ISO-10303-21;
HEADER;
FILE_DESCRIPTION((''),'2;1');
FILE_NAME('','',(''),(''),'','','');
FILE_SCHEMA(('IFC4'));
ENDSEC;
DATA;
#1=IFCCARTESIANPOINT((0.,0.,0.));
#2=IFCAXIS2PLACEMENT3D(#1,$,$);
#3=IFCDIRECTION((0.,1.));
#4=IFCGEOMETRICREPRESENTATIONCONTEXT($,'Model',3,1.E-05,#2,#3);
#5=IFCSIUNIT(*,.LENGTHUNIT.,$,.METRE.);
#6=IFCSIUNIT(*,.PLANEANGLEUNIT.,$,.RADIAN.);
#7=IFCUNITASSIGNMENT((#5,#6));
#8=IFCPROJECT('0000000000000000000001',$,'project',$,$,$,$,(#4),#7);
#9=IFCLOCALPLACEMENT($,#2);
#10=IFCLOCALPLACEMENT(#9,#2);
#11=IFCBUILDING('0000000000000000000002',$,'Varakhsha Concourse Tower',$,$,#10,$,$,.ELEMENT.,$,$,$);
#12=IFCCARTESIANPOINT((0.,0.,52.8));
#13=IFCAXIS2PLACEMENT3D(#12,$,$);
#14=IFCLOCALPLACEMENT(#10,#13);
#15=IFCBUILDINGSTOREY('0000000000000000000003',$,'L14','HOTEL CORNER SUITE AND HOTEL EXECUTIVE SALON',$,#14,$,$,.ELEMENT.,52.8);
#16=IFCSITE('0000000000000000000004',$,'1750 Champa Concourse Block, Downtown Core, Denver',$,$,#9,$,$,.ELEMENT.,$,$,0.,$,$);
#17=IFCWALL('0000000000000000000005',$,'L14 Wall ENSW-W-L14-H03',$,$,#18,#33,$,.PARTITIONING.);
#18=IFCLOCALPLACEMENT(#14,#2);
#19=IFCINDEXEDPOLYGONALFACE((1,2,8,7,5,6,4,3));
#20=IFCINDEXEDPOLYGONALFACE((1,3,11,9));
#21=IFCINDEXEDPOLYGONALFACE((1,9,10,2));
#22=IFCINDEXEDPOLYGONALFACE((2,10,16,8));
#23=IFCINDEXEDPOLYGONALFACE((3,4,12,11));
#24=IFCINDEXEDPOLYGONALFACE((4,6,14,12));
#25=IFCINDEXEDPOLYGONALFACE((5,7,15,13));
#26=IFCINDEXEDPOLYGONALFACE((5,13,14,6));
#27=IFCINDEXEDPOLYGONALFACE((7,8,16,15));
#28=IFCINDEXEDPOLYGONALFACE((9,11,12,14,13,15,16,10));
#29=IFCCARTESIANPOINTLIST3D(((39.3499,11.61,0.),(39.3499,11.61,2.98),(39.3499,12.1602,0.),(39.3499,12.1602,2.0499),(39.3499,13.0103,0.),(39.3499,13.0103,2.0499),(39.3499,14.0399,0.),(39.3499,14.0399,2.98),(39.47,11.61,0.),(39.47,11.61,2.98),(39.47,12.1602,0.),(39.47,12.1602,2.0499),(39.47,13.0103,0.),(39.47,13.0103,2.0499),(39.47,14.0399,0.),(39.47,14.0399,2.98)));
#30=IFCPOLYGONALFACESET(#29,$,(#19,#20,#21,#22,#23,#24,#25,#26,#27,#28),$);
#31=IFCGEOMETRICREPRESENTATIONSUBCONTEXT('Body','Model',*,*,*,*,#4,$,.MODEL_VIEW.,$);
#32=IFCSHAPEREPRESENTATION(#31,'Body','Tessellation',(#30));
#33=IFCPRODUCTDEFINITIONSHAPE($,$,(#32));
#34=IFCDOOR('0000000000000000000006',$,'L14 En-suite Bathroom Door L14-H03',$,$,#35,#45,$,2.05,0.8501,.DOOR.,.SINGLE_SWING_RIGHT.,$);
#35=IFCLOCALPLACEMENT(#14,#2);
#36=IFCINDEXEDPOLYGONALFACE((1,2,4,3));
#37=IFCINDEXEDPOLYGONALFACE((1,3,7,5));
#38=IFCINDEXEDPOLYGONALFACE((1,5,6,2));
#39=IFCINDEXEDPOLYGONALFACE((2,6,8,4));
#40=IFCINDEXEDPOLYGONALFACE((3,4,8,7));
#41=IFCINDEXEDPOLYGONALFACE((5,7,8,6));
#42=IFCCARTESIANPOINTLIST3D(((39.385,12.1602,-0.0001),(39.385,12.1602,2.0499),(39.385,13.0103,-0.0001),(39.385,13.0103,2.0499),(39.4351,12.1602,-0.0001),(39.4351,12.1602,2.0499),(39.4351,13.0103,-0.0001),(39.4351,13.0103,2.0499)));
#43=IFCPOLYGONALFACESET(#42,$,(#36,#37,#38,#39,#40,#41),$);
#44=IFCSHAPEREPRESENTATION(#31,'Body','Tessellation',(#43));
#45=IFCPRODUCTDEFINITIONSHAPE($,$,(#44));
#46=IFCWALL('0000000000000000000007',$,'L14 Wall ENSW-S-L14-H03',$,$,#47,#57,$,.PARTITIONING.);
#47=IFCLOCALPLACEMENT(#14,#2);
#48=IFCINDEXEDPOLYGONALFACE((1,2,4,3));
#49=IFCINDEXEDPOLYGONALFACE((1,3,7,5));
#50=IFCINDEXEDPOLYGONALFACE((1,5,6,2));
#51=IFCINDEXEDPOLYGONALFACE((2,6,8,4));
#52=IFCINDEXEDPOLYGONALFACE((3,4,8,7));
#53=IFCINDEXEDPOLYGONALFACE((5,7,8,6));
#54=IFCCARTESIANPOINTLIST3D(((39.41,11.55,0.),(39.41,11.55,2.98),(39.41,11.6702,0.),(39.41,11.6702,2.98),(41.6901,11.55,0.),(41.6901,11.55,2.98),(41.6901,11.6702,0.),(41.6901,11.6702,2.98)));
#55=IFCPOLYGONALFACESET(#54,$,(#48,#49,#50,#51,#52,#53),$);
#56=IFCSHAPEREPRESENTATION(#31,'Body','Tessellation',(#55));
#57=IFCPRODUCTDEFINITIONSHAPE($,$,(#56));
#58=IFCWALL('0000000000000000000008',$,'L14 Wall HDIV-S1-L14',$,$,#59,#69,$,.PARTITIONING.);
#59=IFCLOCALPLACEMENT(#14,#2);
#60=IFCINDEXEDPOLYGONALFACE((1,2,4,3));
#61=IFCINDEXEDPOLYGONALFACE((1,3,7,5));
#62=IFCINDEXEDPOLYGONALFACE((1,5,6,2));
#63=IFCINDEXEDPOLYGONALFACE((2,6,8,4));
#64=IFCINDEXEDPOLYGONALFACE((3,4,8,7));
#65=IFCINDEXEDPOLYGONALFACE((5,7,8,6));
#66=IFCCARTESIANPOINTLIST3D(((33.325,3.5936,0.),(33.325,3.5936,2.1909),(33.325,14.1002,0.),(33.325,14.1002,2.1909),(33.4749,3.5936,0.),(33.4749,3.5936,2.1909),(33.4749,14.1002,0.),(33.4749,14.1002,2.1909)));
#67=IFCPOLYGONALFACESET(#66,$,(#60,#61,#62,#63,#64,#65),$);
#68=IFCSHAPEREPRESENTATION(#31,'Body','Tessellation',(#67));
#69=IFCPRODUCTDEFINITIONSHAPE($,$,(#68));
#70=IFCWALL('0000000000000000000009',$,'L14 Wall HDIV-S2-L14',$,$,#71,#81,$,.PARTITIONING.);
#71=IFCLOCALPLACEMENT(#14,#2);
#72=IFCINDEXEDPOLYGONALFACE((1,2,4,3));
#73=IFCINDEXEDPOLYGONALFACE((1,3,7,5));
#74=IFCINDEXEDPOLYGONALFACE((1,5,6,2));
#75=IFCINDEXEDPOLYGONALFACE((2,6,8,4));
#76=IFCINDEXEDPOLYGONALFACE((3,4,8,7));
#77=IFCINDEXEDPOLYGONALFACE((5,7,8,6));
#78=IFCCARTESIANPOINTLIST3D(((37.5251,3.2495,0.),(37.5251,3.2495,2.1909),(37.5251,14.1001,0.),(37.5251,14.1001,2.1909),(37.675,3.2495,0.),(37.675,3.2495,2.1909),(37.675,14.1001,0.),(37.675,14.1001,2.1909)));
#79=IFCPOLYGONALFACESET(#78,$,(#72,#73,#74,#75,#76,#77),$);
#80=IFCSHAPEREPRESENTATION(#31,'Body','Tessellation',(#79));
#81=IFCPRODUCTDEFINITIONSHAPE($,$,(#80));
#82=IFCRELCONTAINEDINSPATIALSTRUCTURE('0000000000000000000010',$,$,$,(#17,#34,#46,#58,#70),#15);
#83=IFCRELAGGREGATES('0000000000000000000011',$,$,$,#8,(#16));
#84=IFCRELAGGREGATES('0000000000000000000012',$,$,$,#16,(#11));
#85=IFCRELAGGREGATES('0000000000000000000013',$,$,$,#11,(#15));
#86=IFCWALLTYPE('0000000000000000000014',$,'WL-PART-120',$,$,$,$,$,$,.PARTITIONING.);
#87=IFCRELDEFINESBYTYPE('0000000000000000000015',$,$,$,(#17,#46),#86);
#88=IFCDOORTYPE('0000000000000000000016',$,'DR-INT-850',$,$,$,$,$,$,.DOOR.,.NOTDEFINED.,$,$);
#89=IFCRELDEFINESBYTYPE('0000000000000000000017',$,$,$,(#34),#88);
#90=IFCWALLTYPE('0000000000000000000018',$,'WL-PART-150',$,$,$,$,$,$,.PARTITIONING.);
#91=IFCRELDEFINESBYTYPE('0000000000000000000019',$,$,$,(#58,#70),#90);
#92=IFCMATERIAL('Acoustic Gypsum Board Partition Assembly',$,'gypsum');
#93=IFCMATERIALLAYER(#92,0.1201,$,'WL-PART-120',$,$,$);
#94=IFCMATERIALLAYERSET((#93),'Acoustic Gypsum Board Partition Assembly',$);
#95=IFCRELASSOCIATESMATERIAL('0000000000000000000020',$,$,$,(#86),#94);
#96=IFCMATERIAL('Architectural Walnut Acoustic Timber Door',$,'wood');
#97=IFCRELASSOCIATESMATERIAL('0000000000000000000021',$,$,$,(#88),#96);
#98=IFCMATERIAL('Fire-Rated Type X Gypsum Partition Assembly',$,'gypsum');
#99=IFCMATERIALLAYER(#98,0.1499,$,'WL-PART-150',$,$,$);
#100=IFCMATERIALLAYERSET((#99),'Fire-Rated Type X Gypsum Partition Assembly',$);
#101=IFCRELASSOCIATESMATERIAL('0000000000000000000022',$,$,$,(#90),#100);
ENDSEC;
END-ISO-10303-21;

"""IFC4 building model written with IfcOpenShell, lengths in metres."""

from ifc_helpers import new_model, si_unit, direction, frame, frame_2d, origin, place, context, subcontext, project, spatial, rectangle, extrude, material, layer, layer_set, type_object, element, fill, save


model = new_model("IFC4")

# Units and contexts
model_context = context("Model", 3, precision=1e-05, world=origin(), true_north=direction((0.0, 1.0)))
body_context = subcontext(model_context, "Body", "Model", "MODEL_VIEW")
ifc_project = project(units=[si_unit("LENGTHUNIT", "METRE"), si_unit("PLANEANGLEUNIT", "RADIAN")], contexts=[model_context])

# Site, building, storey
site_placement = place(None, origin())
site = spatial("IfcSite", under=ifc_project, at=site_placement, Name="1750 Champa Concourse Block, Downtown Core, Denver", CompositionType="ELEMENT", RefElevation=0.0)
building_placement = place(site_placement, origin())
building = spatial("IfcBuilding", under=site, at=building_placement, Name="Varakhsha Concourse Tower", CompositionType="ELEMENT")
storey_placement = place(building_placement, frame((0.0, 0.0, 52.8)))
storey = spatial("IfcBuildingStorey", under=building, at=storey_placement, Name="L14", Description="HOTEL CORNER SUITE AND HOTEL EXECUTIVE SALON", CompositionType="ELEMENT", Elevation=52.8)

# Wall, opening, door
ifc_material_1 = material(Name="Acoustic Gypsum Board Partition Assembly", Category="gypsum")
ifc_layer_1 = layer(ifc_material_1, 0.1201, Name="WL-PART-120")
ifc_layer_set_1 = layer_set([ifc_layer_1], Name="Acoustic Gypsum Board Partition Assembly")
wall_type_1 = type_object("IfcWallType", Name="WL-PART-120", PredefinedType="PARTITIONING", material=ifc_layer_set_1)
wall_1_placement = place(storey_placement, frame((39.4099, 11.6101, 0.0), z_axis=(0.0, 0.0, 1.0), x_axis=(0.0, 1.0, 0.0)))
wall_1 = element("IfcWall", 1, at=wall_1_placement, inside=storey, type_object=wall_type_1, Name="L14 Wall ENSW-W-L14-H03", PredefinedType="PARTITIONING", context=body_context, shape_type="SweptSolid", body=[
    extrude(rectangle(XDim=2.4299, YDim=0.1201, at=frame_2d((1.2148, 0.0))), origin(), (0.0, 0.0, 1.0), 2.98),
])
opening_1_placement = place(wall_1_placement, frame((0.55, 0.0, 0.0)))
opening_1 = element("IfcOpeningElement", 2, at=opening_1_placement, cuts=wall_1, PredefinedType="OPENING", context=body_context, shape_type="SweptSolid", body=[
    extrude(rectangle(XDim=0.8501, YDim=2.05, at=frame_2d((0.425, 1.0249))), frame((0.0, 0.0701, 0.0), z_axis=(0.0, -1.0, 0.0), x_axis=(1.0, 0.0, 0.0)), (0.0, 0.0, 1.0), 0.1401),
])
ifc_material_2 = material(Name="Architectural Walnut Acoustic Timber Door", Category="wood")
door_type_1 = type_object("IfcDoorType", Name="DR-INT-850", OperationType="NOTDEFINED", PredefinedType="DOOR", material=ifc_material_2)
door_1_placement = place(opening_1_placement, origin())
door_1 = element("IfcDoor", 3, at=door_1_placement, inside=storey, type_object=door_type_1, Name="L14 En-suite Bathroom Door L14-H03", OperationType="SINGLE_SWING_RIGHT", OverallHeight=2.05, OverallWidth=0.8501, PredefinedType="DOOR", context=body_context, shape_type="SweptSolid", body=[
    extrude(rectangle(XDim=0.8501, YDim=2.05, at=frame_2d((0.425, 1.0249))), frame((0.0, 0.0249, 0.0), z_axis=(0.0, -1.0, 0.0), x_axis=(1.0, 0.0, 0.0)), (0.0, 0.0, 1.0), 0.05),
])
fill(opening_1, door_1)

# Walls
wall_2_placement = place(storey_placement, frame((39.4099, 11.6101, 0.0), z_axis=(0.0, 0.0, 1.0), x_axis=(1.0, 0.0, 0.0)))
element("IfcWall", 4, at=wall_2_placement, inside=storey, type_object=wall_type_1, Name="L14 Wall ENSW-S-L14-H03", PredefinedType="PARTITIONING", context=body_context, shape_type="SweptSolid", body=[
    extrude(rectangle(XDim=2.28, YDim=0.1201, at=frame_2d((1.1401, 0.0))), origin(), (0.0, 0.0, 1.0), 2.98),
])
ifc_material_3 = material(Name="Fire-Rated Type X Gypsum Partition Assembly", Category="gypsum")
ifc_layer_2 = layer(ifc_material_3, 0.1499, Name="WL-PART-150")
ifc_layer_set_2 = layer_set([ifc_layer_2], Name="Fire-Rated Type X Gypsum Partition Assembly")
wall_type_2 = type_object("IfcWallType", Name="WL-PART-150", PredefinedType="PARTITIONING", material=ifc_layer_set_2)
wall_3_placement = place(storey_placement, frame((33.3999, 3.5935, 0.0), z_axis=(0.0, 0.0, 1.0), x_axis=(0.0, 1.0, 0.0)))
element("IfcWall", 5, at=wall_3_placement, inside=storey, type_object=wall_type_2, Name="L14 Wall HDIV-S1-L14", PredefinedType="PARTITIONING", context=body_context, shape_type="SweptSolid", body=[
    extrude(rectangle(XDim=10.5066, YDim=0.1499, at=frame_2d((5.2534, 0.0))), origin(), (0.0, 0.0, 1.0), 2.1909),
])
wall_4_placement = place(storey_placement, frame((37.6001, 3.2495, 0.0), z_axis=(0.0, 0.0, 1.0), x_axis=(0.0, 1.0, 0.0)))
element("IfcWall", 6, at=wall_4_placement, inside=storey, type_object=wall_type_2, Name="L14 Wall HDIV-S2-L14", PredefinedType="PARTITIONING", context=body_context, shape_type="SweptSolid", body=[
    extrude(rectangle(XDim=10.8506, YDim=0.1499, at=frame_2d((5.4253, 0.0))), origin(), (0.0, 0.0, 1.0), 2.1909),
])

save(model, "model.ifc")
